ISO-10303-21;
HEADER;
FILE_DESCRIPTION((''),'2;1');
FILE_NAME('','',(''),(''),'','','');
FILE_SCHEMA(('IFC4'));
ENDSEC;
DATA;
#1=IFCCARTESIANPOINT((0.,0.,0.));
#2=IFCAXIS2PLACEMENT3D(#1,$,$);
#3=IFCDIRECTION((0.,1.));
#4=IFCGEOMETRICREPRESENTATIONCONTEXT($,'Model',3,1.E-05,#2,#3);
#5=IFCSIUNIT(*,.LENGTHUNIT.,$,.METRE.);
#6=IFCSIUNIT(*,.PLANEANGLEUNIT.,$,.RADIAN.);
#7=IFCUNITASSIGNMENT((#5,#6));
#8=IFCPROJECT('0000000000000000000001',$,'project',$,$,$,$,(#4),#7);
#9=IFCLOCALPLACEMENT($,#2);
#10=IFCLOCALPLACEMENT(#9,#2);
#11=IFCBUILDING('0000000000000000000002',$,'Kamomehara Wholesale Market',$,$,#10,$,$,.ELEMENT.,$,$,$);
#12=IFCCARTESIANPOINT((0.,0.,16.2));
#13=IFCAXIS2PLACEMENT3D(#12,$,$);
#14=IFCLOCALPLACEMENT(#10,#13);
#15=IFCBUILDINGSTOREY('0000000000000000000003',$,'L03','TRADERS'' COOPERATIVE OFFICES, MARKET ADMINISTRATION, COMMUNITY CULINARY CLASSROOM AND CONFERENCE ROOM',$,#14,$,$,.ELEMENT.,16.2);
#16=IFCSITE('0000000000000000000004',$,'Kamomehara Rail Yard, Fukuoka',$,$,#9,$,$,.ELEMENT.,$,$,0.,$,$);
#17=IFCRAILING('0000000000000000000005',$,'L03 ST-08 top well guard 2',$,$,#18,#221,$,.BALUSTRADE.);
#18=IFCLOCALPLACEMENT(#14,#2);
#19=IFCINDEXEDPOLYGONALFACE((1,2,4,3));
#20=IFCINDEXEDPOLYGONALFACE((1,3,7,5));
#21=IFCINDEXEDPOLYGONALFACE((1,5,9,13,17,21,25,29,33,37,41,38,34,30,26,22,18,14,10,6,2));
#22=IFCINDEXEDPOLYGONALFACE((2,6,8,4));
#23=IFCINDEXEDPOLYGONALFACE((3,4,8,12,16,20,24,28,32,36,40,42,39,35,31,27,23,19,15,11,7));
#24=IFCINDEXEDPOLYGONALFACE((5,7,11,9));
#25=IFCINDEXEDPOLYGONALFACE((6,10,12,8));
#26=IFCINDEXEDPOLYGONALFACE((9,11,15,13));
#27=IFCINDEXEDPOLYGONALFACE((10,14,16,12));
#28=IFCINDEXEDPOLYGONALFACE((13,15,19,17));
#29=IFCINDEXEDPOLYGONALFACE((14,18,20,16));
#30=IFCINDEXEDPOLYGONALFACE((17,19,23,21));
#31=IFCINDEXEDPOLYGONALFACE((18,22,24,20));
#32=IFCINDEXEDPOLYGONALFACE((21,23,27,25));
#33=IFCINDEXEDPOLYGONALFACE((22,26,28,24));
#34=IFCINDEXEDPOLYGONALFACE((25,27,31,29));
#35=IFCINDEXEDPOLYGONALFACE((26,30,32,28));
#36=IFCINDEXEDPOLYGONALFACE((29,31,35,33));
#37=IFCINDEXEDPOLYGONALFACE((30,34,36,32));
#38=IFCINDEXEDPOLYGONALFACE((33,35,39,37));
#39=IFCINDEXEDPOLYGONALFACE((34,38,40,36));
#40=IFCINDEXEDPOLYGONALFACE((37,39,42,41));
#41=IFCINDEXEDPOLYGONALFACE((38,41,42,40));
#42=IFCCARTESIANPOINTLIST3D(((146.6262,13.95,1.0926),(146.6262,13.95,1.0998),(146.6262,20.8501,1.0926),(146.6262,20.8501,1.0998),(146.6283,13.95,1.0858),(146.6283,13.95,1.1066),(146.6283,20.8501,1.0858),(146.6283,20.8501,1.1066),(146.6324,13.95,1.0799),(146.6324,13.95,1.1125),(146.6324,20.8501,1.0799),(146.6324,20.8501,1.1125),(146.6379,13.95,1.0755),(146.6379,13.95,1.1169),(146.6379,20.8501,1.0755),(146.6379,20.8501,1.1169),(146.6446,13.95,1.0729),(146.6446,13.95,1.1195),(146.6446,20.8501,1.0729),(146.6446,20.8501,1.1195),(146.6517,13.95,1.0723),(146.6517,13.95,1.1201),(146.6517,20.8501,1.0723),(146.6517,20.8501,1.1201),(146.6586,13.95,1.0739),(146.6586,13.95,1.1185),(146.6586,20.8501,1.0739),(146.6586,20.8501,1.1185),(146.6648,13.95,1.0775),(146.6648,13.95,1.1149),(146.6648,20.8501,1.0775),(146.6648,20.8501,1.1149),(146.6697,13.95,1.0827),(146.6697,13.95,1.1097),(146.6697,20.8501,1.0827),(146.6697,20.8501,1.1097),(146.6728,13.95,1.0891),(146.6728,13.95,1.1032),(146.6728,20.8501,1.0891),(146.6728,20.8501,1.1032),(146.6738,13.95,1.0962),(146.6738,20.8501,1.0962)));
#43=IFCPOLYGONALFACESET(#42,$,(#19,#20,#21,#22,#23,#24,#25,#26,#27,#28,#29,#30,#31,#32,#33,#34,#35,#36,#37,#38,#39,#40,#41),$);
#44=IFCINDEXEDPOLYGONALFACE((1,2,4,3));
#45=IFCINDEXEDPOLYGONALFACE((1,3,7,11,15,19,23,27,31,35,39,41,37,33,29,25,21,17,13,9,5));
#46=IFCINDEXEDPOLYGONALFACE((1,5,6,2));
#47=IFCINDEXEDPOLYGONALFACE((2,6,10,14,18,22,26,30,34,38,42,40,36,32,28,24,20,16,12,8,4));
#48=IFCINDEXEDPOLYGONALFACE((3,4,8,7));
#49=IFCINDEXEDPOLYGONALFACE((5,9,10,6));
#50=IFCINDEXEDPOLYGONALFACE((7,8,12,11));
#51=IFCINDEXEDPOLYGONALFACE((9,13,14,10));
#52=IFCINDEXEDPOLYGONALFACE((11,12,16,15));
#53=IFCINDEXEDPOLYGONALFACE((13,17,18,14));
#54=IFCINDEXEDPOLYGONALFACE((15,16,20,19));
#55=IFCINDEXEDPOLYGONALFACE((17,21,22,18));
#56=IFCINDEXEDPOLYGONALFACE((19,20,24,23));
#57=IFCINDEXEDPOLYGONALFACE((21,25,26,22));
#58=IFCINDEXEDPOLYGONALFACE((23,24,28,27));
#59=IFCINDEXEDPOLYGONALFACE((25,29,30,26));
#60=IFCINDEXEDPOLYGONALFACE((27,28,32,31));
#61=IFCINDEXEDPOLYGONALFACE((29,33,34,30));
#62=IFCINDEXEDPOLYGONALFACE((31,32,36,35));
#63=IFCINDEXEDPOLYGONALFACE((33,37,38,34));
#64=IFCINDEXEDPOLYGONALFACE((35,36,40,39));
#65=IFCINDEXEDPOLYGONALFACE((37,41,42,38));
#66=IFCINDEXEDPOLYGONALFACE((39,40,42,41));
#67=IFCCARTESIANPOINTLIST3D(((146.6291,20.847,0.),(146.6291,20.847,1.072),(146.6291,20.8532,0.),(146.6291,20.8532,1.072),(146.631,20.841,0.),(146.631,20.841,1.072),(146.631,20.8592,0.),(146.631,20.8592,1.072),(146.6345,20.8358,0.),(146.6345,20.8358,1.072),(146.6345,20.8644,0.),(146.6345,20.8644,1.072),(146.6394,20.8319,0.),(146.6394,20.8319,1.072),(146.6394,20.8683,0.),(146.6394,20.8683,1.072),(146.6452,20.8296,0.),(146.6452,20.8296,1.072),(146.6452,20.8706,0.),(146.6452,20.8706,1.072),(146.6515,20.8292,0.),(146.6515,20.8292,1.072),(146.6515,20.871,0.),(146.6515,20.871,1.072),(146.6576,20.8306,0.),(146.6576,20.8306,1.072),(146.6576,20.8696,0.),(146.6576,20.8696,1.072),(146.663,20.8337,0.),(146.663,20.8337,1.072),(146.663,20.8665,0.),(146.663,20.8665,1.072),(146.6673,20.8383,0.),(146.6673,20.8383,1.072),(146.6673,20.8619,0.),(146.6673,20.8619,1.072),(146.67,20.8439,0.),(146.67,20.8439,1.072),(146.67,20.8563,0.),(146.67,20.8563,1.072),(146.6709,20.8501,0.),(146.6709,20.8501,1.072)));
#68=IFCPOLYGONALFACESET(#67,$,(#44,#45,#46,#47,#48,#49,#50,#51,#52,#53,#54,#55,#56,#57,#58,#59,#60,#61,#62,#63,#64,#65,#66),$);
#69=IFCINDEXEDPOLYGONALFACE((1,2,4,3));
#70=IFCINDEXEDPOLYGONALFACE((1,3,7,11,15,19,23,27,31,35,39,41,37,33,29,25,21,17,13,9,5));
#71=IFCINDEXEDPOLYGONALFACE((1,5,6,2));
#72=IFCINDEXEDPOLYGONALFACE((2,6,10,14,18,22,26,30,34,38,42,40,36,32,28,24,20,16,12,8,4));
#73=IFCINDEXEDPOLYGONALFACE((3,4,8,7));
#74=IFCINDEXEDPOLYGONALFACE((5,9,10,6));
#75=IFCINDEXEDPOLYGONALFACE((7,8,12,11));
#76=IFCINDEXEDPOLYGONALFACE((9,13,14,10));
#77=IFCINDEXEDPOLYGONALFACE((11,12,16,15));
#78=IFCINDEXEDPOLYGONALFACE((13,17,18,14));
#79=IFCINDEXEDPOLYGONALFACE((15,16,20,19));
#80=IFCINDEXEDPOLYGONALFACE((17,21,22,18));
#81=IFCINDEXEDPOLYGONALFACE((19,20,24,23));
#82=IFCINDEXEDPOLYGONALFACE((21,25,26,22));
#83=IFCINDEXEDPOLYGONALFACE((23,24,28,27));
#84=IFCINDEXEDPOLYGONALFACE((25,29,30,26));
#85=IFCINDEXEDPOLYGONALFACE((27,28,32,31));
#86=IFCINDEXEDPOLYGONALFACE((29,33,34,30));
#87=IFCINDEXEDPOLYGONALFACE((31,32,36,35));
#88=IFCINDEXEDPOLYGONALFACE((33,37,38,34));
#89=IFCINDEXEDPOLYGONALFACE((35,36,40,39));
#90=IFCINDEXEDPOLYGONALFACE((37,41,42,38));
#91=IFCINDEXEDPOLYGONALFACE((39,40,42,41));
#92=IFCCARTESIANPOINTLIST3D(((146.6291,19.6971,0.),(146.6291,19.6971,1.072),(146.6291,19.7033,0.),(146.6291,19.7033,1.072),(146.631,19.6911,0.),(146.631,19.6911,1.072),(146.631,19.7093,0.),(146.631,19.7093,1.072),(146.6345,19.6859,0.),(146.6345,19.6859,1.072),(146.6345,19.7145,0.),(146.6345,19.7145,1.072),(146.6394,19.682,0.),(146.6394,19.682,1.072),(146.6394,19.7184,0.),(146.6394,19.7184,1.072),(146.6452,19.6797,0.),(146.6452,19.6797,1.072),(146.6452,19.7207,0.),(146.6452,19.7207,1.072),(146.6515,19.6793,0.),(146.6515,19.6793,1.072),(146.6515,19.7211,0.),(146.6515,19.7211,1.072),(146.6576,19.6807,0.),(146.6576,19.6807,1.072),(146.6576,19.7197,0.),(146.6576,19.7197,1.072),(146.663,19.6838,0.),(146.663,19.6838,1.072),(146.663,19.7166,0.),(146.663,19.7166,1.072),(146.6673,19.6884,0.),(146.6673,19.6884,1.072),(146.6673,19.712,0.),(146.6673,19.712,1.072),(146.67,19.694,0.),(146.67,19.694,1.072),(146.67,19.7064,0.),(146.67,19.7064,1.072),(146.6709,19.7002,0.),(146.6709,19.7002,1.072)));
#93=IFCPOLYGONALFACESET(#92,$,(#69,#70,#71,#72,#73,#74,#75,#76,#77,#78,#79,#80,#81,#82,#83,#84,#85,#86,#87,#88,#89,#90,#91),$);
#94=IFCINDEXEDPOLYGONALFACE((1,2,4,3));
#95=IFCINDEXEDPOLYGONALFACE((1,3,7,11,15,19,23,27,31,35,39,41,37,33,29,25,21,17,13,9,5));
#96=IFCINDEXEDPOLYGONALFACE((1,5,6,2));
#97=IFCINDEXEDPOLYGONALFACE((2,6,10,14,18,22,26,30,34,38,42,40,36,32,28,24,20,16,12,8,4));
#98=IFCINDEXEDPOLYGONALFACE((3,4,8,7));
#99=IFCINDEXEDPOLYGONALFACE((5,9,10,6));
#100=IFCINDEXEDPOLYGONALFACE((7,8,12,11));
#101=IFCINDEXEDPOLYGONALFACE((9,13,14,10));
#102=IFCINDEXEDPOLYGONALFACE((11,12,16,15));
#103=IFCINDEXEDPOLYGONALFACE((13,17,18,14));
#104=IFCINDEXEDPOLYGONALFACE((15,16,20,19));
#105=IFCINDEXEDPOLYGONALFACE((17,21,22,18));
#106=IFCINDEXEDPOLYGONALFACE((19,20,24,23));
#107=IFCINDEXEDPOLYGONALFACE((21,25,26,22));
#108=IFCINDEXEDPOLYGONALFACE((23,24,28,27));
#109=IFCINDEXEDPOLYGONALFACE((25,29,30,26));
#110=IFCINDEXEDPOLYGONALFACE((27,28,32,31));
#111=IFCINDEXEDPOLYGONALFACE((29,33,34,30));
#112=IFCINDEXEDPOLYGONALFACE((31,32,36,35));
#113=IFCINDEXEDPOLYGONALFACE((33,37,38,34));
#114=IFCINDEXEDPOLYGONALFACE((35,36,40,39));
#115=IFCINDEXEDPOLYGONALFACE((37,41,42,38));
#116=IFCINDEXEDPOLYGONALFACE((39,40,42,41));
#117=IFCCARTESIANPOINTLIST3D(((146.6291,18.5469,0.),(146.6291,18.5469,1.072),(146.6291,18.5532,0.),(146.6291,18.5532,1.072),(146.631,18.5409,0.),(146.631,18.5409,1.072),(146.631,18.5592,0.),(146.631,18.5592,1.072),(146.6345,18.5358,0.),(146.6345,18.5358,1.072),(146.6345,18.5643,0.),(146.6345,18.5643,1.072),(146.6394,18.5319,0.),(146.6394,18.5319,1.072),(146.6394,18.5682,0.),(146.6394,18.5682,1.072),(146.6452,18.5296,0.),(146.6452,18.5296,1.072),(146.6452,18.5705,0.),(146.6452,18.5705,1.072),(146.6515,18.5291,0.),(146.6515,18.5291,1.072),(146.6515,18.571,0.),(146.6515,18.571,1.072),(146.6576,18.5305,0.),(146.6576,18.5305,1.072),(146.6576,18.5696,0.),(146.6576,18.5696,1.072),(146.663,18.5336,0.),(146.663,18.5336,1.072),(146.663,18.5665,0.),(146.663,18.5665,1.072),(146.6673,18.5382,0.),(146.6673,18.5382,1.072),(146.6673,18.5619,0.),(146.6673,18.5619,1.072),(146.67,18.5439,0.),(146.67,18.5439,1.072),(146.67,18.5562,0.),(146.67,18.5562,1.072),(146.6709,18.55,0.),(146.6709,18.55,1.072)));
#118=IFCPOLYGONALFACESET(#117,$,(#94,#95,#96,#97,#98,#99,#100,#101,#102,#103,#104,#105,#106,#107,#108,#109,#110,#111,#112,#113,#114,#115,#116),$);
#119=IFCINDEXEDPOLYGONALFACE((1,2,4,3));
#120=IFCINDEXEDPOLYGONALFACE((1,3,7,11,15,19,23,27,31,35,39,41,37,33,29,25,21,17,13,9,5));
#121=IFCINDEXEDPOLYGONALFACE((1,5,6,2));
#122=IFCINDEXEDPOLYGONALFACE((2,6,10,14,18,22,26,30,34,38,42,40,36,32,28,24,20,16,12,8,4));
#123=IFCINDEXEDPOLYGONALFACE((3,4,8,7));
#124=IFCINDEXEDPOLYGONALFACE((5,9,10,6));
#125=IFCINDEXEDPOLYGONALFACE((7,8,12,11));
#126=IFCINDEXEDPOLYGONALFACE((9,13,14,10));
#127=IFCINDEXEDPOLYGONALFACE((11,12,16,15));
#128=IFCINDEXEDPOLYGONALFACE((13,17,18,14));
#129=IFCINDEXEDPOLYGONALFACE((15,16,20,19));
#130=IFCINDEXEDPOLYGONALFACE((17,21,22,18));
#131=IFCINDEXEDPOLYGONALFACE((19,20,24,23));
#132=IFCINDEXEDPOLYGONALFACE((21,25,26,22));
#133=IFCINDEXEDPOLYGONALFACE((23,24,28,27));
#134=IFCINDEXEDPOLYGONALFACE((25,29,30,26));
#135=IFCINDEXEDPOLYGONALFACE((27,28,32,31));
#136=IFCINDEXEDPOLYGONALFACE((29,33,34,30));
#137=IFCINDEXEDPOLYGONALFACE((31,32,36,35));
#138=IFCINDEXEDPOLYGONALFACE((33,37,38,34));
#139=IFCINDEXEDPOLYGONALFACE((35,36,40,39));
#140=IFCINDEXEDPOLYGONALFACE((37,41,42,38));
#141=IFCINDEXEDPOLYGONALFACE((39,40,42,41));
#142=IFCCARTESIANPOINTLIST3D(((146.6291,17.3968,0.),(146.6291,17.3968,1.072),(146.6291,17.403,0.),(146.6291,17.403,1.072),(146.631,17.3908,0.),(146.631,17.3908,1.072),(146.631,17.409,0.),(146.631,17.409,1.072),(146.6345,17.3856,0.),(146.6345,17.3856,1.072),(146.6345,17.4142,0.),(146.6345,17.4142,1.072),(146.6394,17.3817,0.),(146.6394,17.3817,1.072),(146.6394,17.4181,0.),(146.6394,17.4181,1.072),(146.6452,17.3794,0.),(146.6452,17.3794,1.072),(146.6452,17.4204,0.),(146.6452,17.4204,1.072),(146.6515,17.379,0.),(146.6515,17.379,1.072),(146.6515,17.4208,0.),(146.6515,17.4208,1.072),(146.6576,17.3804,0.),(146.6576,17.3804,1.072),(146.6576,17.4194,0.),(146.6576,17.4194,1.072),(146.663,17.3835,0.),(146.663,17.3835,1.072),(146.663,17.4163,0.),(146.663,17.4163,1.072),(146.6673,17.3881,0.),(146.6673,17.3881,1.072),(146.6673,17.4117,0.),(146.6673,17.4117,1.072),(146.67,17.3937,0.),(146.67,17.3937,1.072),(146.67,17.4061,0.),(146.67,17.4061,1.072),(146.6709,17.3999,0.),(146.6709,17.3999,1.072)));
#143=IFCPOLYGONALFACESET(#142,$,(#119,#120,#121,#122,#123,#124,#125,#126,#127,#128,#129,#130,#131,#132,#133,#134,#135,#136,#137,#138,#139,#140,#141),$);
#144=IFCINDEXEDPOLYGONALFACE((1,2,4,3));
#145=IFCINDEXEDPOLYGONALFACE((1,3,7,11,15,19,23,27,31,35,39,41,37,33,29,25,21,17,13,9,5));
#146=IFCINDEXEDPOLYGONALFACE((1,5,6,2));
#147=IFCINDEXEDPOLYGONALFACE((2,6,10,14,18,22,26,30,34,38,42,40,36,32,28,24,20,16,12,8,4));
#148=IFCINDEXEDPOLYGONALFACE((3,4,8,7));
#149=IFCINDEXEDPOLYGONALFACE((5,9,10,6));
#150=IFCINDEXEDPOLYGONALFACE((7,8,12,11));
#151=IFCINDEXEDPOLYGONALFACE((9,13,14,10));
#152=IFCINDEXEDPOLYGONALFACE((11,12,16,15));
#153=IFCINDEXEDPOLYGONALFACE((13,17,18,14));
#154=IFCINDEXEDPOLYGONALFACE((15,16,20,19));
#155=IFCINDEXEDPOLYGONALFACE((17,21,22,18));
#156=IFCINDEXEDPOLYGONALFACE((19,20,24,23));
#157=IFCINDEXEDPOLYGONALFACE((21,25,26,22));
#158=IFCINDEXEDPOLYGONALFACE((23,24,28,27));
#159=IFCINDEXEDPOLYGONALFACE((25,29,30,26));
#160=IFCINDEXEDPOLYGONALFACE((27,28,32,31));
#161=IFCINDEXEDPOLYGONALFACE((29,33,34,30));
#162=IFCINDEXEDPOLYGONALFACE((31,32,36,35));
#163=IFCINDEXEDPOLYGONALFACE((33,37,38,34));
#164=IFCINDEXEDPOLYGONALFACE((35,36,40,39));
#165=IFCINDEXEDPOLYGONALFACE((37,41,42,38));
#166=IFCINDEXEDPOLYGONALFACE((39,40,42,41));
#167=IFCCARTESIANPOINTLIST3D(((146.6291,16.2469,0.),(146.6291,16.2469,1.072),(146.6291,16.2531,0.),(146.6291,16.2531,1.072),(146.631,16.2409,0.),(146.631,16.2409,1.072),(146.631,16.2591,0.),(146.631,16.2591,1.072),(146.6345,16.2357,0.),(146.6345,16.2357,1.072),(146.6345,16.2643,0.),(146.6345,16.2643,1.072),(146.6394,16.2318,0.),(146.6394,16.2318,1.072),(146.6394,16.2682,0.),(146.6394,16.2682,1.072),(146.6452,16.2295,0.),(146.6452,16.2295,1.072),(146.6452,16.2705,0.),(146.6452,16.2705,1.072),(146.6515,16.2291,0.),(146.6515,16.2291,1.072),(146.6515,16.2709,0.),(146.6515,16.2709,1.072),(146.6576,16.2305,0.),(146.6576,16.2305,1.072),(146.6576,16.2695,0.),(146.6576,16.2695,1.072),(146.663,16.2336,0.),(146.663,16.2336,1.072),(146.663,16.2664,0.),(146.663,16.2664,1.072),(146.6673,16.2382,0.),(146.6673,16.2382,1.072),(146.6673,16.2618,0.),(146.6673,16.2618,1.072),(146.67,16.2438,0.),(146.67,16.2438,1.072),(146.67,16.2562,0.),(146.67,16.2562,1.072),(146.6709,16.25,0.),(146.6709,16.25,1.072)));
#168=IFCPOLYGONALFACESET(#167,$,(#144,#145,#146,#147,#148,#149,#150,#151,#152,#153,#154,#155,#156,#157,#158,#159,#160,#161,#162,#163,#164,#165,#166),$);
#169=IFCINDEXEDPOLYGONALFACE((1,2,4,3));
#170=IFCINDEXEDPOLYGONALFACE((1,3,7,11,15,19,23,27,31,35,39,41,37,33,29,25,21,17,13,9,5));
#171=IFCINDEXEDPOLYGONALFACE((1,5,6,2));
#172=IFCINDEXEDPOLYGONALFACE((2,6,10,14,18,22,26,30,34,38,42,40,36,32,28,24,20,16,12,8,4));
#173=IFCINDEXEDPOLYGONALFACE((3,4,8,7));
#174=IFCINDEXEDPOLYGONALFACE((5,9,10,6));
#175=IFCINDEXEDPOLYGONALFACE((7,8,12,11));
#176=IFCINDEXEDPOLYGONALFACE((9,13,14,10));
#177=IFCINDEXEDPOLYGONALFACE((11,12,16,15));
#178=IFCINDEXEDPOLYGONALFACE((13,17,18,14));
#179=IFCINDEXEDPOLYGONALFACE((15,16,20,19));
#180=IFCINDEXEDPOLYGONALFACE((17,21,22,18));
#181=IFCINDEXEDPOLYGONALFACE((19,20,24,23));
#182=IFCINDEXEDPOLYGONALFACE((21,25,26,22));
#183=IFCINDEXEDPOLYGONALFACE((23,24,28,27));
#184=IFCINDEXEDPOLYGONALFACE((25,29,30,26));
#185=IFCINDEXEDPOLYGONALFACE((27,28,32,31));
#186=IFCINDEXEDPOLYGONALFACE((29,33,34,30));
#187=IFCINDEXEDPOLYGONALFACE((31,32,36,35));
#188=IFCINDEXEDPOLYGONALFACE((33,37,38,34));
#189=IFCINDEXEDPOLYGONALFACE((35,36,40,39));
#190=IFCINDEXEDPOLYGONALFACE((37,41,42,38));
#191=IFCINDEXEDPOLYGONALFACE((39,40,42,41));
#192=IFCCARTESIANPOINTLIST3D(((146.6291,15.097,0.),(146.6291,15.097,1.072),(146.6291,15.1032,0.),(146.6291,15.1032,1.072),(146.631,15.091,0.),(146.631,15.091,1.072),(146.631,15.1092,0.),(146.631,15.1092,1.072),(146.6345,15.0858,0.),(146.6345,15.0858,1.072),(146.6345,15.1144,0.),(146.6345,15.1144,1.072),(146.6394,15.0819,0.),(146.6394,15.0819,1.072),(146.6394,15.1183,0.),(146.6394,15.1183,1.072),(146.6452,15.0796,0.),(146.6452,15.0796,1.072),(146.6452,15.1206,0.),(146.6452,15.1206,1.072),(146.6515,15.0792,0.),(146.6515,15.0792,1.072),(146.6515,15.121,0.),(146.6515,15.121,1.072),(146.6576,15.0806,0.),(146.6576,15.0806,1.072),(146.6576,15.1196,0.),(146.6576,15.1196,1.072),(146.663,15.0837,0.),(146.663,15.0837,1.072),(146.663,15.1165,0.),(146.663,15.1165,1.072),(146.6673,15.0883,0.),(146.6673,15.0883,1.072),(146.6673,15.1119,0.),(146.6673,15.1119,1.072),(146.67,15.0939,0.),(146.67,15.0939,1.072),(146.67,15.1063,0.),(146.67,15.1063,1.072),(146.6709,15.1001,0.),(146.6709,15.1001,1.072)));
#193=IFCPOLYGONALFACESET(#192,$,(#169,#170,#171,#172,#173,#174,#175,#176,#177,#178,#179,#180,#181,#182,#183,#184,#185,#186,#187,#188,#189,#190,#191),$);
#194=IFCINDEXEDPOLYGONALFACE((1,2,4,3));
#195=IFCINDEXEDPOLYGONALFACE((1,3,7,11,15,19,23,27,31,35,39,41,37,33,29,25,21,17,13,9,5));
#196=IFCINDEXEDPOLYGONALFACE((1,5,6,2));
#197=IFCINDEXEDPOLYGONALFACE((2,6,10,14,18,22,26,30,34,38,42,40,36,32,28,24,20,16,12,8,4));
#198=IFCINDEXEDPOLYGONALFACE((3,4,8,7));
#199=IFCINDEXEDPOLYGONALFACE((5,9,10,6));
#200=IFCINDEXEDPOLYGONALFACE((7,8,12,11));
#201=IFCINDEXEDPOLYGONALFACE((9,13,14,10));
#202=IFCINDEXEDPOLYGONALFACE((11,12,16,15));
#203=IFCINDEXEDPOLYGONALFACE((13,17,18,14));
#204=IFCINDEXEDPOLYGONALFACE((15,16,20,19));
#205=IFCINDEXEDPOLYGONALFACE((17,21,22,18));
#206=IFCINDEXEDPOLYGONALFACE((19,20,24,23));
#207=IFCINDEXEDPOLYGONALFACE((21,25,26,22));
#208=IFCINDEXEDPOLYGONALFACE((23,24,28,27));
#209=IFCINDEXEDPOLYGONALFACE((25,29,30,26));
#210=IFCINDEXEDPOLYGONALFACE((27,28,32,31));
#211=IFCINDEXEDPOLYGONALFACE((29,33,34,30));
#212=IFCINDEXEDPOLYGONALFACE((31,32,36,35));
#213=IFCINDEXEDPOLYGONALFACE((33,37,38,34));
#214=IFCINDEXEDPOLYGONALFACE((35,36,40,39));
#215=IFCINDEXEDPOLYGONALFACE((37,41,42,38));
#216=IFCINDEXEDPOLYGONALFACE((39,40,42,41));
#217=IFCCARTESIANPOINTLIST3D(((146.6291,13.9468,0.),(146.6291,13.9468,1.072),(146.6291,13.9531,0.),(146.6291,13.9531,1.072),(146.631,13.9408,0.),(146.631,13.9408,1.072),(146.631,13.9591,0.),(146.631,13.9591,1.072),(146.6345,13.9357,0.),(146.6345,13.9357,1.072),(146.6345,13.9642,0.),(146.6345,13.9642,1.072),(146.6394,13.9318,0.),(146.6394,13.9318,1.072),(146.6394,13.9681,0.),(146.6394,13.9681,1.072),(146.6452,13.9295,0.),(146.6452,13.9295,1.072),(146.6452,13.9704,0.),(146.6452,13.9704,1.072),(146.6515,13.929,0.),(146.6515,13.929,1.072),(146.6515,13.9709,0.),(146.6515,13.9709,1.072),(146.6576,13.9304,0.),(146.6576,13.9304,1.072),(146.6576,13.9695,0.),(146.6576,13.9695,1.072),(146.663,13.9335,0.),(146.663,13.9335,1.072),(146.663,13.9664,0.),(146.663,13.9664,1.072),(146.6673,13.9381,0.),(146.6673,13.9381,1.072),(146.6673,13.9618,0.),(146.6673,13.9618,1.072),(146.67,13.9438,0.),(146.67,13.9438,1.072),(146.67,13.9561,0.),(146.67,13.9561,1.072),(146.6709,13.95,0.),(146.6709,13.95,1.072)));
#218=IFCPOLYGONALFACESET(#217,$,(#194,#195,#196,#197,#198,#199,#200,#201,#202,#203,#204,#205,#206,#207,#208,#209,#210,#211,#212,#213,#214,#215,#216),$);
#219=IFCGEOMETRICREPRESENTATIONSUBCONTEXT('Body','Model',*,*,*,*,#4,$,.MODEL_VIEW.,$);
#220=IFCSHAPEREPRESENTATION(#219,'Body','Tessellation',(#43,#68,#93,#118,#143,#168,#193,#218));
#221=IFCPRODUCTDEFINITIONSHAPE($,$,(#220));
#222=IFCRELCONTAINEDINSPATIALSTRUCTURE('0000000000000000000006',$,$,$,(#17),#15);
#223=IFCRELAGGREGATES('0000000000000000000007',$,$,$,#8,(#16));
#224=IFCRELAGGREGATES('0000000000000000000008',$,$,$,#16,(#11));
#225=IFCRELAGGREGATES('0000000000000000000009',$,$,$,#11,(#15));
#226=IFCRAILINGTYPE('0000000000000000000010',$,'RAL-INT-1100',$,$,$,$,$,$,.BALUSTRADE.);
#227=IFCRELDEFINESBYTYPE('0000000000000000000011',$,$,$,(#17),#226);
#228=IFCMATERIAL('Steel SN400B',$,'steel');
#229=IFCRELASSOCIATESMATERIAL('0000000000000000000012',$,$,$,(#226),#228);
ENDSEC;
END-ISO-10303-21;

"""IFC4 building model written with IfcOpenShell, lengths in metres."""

from ifc_helpers import new_model, si_unit, direction, frame, origin, origin_2d, place, context, subcontext, project, spatial, circle, extrude, material, type_object, element, save


model = new_model("IFC4")

# Units and contexts
model_context = context("Model", 3, precision=1e-05, world=origin(), true_north=direction((0.0, 1.0)))
body_context = subcontext(model_context, "Body", "Model", "MODEL_VIEW")
ifc_project = project(units=[si_unit("LENGTHUNIT", "METRE"), si_unit("PLANEANGLEUNIT", "RADIAN")], contexts=[model_context])

# Site, building, storey
site_placement = place(None, origin())
site = spatial("IfcSite", under=ifc_project, at=site_placement, Name="Kamomehara Rail Yard, Fukuoka", CompositionType="ELEMENT", RefElevation=0.0)
building_placement = place(site_placement, origin())
building = spatial("IfcBuilding", under=site, at=building_placement, Name="Kamomehara Wholesale Market", CompositionType="ELEMENT")
storey_placement = place(building_placement, frame((0.0, 0.0, 16.2)))
storey = spatial("IfcBuildingStorey", under=building, at=storey_placement, Name="L03", Description="TRADERS' COOPERATIVE OFFICES, MARKET ADMINISTRATION, COMMUNITY CULINARY CLASSROOM AND CONFERENCE ROOM", CompositionType="ELEMENT", Elevation=16.2)

# Railing
ifc_material_1 = material(Name="Steel SN400B", Category="steel")
railing_type = type_object("IfcRailingType", Name="RAL-INT-1100", PredefinedType="BALUSTRADE", material=ifc_material_1)
railing_1_placement = place(storey_placement, frame((146.6499, 20.8501, 0.0)))
element("IfcRailing", 1, at=railing_1_placement, inside=storey, type_object=railing_type, Name="L03 ST-08 top well guard 2", PredefinedType="BALUSTRADE", context=body_context, shape_type="SweptSolid", body=[
    extrude(circle(Radius=0.0239, at=origin_2d()), frame((0.0, 0.0, 1.0962), z_axis=(0.0, -1.0, 0.0), x_axis=(1.0, 0.0, 0.0)), (0.0, 0.0, 1.0), 6.9001),
    extrude(circle(Radius=0.021, at=origin_2d()), origin(), (0.0, 0.0, 1.0), 1.072),
    extrude(circle(Radius=0.021, at=origin_2d()), frame((0.0, -1.1499, 0.0)), (0.0, 0.0, 1.0), 1.072),
    extrude(circle(Radius=0.021, at=origin_2d()), frame((0.0, -2.3, 0.0)), (0.0, 0.0, 1.0), 1.072),
    extrude(circle(Radius=0.021, at=origin_2d()), frame((0.0, -3.4502, 0.0)), (0.0, 0.0, 1.0), 1.072),
    extrude(circle(Radius=0.021, at=origin_2d()), frame((0.0, -4.6001, 0.0)), (0.0, 0.0, 1.0), 1.072),
    extrude(circle(Radius=0.021, at=origin_2d()), frame((0.0, -5.75, 0.0)), (0.0, 0.0, 1.0), 1.072),
    extrude(circle(Radius=0.021, at=origin_2d()), frame((0.0, -6.9001, 0.0)), (0.0, 0.0, 1.0), 1.072),
])

save(model, "model.ifc")
